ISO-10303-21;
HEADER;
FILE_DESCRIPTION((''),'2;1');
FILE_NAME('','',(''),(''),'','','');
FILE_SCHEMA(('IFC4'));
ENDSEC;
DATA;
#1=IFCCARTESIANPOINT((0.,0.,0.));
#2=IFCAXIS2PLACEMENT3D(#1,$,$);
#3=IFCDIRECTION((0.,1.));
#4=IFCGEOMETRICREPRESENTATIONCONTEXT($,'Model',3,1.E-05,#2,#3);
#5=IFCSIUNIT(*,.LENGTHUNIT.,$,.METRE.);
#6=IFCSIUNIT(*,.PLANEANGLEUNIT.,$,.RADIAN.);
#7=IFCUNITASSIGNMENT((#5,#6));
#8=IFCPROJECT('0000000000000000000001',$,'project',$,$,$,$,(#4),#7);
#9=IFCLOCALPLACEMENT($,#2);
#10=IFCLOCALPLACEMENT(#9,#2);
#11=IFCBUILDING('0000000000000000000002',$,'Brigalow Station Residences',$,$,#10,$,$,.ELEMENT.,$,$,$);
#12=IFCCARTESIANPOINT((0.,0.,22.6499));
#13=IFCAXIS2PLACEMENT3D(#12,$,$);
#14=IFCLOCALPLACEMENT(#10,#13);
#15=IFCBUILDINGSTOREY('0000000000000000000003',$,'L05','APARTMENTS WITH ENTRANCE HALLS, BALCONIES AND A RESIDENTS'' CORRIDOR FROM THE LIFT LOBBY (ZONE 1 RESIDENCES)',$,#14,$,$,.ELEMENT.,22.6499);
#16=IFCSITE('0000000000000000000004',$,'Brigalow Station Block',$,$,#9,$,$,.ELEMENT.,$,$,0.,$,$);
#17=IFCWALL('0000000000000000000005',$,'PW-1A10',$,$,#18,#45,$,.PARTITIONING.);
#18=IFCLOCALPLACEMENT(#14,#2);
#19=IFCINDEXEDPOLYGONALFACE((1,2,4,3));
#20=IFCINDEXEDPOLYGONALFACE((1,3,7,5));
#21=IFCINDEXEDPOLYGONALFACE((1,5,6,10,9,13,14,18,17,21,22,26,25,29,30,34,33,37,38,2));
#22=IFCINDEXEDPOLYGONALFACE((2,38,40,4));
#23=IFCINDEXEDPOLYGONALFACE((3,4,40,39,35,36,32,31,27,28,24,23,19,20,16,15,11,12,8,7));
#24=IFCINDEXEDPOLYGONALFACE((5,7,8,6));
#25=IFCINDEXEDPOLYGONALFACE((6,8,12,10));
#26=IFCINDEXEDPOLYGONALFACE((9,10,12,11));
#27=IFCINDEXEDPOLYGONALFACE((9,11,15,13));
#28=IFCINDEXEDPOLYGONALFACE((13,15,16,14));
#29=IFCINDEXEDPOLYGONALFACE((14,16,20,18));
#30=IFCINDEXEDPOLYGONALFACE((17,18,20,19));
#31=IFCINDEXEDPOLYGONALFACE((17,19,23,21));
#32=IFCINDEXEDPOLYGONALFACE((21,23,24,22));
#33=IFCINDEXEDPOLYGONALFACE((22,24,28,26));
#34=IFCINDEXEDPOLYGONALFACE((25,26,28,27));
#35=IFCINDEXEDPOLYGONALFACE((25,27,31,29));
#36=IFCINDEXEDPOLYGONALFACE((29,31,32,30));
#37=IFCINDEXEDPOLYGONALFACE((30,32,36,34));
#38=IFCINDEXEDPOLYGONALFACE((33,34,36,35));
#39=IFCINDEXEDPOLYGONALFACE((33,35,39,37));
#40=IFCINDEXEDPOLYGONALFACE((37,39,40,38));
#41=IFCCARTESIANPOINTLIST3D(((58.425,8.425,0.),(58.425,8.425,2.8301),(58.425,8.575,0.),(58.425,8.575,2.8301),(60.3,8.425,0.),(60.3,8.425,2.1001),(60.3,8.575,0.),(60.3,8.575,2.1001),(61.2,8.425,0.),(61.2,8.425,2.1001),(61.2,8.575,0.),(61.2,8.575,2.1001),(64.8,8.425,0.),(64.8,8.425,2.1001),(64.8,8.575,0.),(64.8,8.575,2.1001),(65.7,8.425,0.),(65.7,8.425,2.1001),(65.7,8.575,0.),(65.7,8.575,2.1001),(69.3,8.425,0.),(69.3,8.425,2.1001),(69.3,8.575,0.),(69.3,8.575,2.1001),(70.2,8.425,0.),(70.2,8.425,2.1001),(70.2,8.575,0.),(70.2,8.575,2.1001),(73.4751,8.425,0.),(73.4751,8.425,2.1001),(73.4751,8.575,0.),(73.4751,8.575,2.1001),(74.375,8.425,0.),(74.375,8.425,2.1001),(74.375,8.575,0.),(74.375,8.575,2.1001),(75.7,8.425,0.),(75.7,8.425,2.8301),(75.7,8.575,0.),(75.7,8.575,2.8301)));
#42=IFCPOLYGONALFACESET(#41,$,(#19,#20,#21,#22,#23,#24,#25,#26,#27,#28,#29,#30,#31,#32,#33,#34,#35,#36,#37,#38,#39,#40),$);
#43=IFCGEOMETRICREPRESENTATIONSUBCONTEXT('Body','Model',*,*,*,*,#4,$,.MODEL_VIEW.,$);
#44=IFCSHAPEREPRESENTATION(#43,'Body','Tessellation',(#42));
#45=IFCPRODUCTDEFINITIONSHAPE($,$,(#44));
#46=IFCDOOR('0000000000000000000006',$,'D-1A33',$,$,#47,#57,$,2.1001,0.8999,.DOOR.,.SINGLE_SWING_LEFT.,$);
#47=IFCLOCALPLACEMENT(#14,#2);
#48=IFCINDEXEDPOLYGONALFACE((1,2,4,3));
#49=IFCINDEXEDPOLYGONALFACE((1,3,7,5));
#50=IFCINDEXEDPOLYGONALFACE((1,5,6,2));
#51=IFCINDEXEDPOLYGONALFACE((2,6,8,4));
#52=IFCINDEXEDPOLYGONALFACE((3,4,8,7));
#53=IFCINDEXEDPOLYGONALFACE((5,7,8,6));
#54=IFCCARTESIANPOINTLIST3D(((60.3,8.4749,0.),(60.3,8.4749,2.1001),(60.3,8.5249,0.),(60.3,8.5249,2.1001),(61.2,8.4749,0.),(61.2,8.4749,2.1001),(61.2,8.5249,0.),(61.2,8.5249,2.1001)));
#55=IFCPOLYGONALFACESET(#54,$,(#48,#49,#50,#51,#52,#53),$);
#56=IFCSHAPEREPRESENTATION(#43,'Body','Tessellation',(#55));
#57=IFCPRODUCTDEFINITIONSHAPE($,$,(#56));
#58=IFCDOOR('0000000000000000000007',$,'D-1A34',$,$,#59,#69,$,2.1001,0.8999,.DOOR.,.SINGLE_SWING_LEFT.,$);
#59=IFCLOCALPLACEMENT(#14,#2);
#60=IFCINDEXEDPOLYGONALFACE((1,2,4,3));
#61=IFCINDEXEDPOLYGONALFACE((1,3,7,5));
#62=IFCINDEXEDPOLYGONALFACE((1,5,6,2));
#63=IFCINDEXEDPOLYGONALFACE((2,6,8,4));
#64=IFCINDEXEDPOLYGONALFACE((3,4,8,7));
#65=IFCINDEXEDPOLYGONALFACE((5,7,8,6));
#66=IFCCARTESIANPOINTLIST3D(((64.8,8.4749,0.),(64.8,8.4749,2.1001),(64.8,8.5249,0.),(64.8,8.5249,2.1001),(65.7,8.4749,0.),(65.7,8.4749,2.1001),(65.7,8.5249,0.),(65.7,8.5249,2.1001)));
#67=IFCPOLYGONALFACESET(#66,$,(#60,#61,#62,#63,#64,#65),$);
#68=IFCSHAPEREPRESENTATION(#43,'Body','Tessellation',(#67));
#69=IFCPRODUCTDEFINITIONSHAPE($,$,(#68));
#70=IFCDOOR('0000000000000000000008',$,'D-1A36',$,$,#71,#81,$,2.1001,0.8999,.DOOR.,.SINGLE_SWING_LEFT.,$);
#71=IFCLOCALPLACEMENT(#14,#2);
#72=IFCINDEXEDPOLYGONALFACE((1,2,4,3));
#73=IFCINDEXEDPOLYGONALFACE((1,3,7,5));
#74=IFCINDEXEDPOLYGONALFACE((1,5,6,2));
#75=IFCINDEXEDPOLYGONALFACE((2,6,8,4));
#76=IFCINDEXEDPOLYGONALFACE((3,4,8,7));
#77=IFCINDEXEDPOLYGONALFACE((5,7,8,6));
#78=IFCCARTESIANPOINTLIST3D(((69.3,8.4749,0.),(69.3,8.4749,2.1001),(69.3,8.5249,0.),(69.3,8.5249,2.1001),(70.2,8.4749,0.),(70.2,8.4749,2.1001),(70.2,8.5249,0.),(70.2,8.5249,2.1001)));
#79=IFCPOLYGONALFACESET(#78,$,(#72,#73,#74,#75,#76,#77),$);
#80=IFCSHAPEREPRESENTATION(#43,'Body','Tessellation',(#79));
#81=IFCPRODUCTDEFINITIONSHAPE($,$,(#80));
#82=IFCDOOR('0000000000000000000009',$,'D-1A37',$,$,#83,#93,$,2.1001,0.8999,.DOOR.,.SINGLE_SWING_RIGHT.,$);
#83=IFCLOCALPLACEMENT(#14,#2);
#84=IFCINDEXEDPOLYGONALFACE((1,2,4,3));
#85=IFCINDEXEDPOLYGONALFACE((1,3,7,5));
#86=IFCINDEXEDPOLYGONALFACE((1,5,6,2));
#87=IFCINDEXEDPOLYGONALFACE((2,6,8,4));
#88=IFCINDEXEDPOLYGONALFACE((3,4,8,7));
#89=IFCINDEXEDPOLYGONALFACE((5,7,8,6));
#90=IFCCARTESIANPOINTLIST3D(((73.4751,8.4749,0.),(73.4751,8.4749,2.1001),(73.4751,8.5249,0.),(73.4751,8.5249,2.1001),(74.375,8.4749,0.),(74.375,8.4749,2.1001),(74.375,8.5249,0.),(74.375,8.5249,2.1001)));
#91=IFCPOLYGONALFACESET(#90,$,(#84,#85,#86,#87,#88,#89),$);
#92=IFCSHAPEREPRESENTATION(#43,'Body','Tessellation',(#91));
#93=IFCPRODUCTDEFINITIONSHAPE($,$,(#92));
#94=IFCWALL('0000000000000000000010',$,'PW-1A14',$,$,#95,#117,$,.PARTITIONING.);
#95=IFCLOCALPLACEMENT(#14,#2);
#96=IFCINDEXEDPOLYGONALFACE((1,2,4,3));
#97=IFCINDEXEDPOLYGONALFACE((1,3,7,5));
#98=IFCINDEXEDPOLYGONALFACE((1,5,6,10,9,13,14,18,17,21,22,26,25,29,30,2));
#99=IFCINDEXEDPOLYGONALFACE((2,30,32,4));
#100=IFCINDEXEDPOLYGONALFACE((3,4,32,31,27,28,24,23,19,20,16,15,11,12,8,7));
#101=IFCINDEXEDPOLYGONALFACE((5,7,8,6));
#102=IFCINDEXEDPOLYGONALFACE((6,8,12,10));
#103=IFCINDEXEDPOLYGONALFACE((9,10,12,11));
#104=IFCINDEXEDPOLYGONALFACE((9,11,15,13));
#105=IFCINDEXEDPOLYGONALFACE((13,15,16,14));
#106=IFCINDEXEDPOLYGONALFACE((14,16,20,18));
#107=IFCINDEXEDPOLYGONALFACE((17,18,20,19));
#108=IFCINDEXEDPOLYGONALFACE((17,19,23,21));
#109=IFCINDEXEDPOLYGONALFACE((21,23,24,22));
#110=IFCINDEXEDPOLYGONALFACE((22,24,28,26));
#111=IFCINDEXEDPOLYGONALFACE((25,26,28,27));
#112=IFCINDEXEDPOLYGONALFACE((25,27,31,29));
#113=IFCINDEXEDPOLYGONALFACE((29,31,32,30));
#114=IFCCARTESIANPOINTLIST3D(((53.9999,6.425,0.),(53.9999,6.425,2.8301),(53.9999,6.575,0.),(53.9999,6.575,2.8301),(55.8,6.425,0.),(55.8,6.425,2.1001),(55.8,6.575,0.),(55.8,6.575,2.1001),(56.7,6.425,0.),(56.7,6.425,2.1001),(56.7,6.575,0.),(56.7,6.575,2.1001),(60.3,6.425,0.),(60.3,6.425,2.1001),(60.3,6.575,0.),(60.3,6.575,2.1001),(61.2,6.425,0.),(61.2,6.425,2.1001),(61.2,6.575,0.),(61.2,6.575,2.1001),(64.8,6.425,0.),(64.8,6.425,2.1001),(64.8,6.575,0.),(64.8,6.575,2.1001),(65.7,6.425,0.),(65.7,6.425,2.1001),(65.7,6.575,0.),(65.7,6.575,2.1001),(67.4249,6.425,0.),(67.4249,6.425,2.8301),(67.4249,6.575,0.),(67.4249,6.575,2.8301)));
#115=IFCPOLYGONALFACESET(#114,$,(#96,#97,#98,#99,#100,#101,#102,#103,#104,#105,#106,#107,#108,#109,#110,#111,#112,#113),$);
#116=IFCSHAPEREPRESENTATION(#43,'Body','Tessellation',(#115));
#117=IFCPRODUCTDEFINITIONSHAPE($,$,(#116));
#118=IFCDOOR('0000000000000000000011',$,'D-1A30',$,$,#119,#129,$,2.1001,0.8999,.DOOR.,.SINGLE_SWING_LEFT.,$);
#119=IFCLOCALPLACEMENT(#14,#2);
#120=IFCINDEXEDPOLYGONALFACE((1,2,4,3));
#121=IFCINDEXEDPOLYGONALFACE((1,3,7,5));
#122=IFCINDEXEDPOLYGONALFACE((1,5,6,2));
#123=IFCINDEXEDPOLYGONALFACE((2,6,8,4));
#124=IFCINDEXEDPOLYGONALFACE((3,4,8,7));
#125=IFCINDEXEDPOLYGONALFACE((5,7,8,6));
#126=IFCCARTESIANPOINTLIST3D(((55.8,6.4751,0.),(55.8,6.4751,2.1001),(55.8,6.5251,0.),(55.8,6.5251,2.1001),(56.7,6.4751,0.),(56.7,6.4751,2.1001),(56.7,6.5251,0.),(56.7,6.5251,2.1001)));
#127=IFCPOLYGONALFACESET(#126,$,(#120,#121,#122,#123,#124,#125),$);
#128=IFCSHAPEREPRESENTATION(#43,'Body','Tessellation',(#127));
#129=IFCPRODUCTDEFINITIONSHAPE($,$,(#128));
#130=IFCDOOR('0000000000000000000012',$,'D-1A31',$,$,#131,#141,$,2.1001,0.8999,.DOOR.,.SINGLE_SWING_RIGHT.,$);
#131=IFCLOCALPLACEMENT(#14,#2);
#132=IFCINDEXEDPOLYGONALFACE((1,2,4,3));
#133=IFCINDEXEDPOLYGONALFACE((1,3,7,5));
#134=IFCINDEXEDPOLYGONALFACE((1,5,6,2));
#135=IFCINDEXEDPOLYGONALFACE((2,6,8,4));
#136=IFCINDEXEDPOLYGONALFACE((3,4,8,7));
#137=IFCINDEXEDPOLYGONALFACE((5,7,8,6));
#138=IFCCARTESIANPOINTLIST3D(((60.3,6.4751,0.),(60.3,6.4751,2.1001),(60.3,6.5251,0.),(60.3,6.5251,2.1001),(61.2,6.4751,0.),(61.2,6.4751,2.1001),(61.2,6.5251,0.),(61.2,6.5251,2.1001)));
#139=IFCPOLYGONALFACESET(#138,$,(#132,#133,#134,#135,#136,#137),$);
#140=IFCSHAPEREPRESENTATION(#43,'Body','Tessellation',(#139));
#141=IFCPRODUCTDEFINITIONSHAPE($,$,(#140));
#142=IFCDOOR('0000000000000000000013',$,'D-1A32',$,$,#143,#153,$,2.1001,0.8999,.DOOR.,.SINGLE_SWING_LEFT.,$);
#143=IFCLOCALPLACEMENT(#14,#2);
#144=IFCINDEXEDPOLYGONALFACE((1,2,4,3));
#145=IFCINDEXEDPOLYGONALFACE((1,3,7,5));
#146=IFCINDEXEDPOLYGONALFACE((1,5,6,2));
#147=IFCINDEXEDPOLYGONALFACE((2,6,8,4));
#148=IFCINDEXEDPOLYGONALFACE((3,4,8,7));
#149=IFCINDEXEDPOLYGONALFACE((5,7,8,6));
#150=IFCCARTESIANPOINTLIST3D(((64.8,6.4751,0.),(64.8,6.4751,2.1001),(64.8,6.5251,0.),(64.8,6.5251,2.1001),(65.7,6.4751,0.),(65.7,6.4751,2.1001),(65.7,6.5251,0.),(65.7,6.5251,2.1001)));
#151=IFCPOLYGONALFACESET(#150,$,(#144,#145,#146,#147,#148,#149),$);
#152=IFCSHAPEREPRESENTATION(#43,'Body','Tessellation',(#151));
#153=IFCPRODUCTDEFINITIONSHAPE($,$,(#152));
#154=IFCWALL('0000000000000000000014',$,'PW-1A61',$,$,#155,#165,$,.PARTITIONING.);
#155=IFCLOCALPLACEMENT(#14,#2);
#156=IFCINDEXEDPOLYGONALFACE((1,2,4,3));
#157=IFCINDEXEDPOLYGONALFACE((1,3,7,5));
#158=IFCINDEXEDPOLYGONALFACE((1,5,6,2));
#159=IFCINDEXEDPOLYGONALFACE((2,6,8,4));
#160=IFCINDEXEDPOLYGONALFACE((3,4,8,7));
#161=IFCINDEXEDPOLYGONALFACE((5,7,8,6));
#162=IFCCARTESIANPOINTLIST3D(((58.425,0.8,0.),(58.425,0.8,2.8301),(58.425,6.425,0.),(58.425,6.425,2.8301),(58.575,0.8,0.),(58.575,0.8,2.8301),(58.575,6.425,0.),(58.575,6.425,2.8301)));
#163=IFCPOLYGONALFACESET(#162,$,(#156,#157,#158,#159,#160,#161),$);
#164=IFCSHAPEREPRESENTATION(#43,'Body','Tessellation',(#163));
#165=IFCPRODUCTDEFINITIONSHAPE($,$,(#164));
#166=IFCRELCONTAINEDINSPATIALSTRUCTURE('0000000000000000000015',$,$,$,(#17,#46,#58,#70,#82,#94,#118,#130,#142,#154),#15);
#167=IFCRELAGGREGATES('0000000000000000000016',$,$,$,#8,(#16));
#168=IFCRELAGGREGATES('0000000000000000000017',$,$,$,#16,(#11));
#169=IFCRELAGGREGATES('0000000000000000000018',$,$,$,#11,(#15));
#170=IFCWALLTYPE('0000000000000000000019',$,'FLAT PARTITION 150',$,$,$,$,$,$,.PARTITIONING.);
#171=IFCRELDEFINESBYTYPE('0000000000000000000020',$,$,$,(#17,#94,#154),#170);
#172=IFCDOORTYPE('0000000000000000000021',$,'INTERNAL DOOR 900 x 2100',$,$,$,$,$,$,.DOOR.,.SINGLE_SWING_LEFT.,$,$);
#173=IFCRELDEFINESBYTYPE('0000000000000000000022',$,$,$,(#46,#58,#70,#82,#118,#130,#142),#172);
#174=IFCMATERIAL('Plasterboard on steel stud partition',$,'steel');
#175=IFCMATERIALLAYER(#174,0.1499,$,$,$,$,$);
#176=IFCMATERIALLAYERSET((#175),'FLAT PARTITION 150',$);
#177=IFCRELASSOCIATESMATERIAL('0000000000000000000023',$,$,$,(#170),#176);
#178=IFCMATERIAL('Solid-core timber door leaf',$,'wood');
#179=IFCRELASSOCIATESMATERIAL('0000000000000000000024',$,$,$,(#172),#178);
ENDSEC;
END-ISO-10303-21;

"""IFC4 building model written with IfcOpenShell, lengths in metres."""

from ifc_helpers import new_model, si_unit, direction, frame, frame_2d, origin, place, context, subcontext, project, spatial, rectangle, extrude, material, layer, layer_set, type_object, element, fill, save


model = new_model("IFC4")

# Units and contexts
model_context = context("Model", 3, precision=1e-05, world=origin(), true_north=direction((0.0, 1.0)))
body_context = subcontext(model_context, "Body", "Model", "MODEL_VIEW")
ifc_project = project(units=[si_unit("LENGTHUNIT", "METRE"), si_unit("PLANEANGLEUNIT", "RADIAN")], contexts=[model_context])

# Site, building, storey
site_placement = place(None, origin())
site = spatial("IfcSite", under=ifc_project, at=site_placement, Name="Brigalow Station Block", CompositionType="ELEMENT", RefElevation=0.0)
building_placement = place(site_placement, origin())
building = spatial("IfcBuilding", under=site, at=building_placement, Name="Brigalow Station Residences", CompositionType="ELEMENT")
storey_placement = place(building_placement, frame((0.0, 0.0, 22.6499)))
storey = spatial("IfcBuildingStorey", under=building, at=storey_placement, Name="L05", Description="APARTMENTS WITH ENTRANCE HALLS, BALCONIES AND A RESIDENTS' CORRIDOR FROM THE LIFT LOBBY (ZONE 1 RESIDENCES)", CompositionType="ELEMENT", Elevation=22.6499)

# Walls, openings, doors
ifc_material_1 = material(Name="Plasterboard on steel stud partition", Category="steel")
ifc_layer_1 = layer(ifc_material_1, 0.1499)
ifc_layer_set_1 = layer_set([ifc_layer_1], Name="FLAT PARTITION 150")
wall_type_1 = type_object("IfcWallType", Name="FLAT PARTITION 150", PredefinedType="PARTITIONING", material=ifc_layer_set_1)
wall_1_placement = place(storey_placement, frame((58.425, 8.5, 0.0), z_axis=(0.0, 0.0, 1.0), x_axis=(1.0, 0.0, 0.0)))
wall_1 = element("IfcWall", 1, at=wall_1_placement, inside=storey, type_object=wall_type_1, Name="PW-1A10", PredefinedType="PARTITIONING", context=body_context, shape_type="SweptSolid", body=[
    extrude(rectangle(XDim=17.2749, YDim=0.1499, at=frame_2d((8.6375, 0.0))), origin(), (0.0, 0.0, 1.0), 2.8301),
])
opening_1_placement = place(wall_1_placement, frame((1.875, 0.0, 0.0)))
opening_1 = element("IfcOpeningElement", 2, at=opening_1_placement, cuts=wall_1, PredefinedType="OPENING", context=body_context, shape_type="SweptSolid", body=[
    extrude(rectangle(XDim=0.8999, YDim=2.1001, at=frame_2d((0.45, 1.05))), frame((0.0, 0.085, 0.0), z_axis=(0.0, -1.0, 0.0), x_axis=(1.0, 0.0, 0.0)), (0.0, 0.0, 1.0), 0.1699),
])
opening_2_placement = place(wall_1_placement, frame((6.375, 0.0, 0.0)))
opening_2 = element("IfcOpeningElement", 3, at=opening_2_placement, cuts=wall_1, PredefinedType="OPENING", context=body_context, shape_type="SweptSolid", body=[
    extrude(rectangle(XDim=0.8999, YDim=2.1001, at=frame_2d((0.45, 1.05))), frame((0.0, 0.085, 0.0), z_axis=(0.0, -1.0, 0.0), x_axis=(1.0, 0.0, 0.0)), (0.0, 0.0, 1.0), 0.1699),
])
opening_3_placement = place(wall_1_placement, frame((10.875, 0.0, 0.0)))
opening_3 = element("IfcOpeningElement", 4, at=opening_3_placement, cuts=wall_1, PredefinedType="OPENING", context=body_context, shape_type="SweptSolid", body=[
    extrude(rectangle(XDim=0.8999, YDim=2.1001, at=frame_2d((0.45, 1.05))), frame((0.0, 0.085, 0.0), z_axis=(0.0, -1.0, 0.0), x_axis=(1.0, 0.0, 0.0)), (0.0, 0.0, 1.0), 0.1699),
])
opening_4_placement = place(wall_1_placement, frame((15.05, 0.0, 0.0)))
opening_4 = element("IfcOpeningElement", 5, at=opening_4_placement, cuts=wall_1, PredefinedType="OPENING", context=body_context, shape_type="SweptSolid", body=[
    extrude(rectangle(XDim=0.8999, YDim=2.1001, at=frame_2d((0.45, 1.05))), frame((0.0, 0.085, 0.0), z_axis=(0.0, -1.0, 0.0), x_axis=(1.0, 0.0, 0.0)), (0.0, 0.0, 1.0), 0.1699),
])
ifc_material_2 = material(Name="Solid-core timber door leaf", Category="wood")
door_type = type_object("IfcDoorType", Name="INTERNAL DOOR 900 x 2100", OperationType="SINGLE_SWING_LEFT", PredefinedType="DOOR", material=ifc_material_2)
door_1_placement = place(opening_1_placement, origin())
door_1 = element("IfcDoor", 6, at=door_1_placement, inside=storey, type_object=door_type, Name="D-1A33", OperationType="SINGLE_SWING_LEFT", OverallHeight=2.1001, OverallWidth=0.8999, PredefinedType="DOOR", context=body_context, shape_type="SweptSolid", body=[
    extrude(rectangle(XDim=0.8999, YDim=2.1001, at=frame_2d((0.45, 1.05))), frame((0.0, 0.0249, 0.0), z_axis=(0.0, -1.0, 0.0), x_axis=(1.0, 0.0, 0.0)), (0.0, 0.0, 1.0), 0.05),
])
fill(opening_1, door_1)
door_2_placement = place(opening_2_placement, origin())
door_2 = element("IfcDoor", 7, at=door_2_placement, inside=storey, type_object=door_type, Name="D-1A34", OperationType="SINGLE_SWING_LEFT", OverallHeight=2.1001, OverallWidth=0.8999, PredefinedType="DOOR", context=body_context, shape_type="SweptSolid", body=[
    extrude(rectangle(XDim=0.8999, YDim=2.1001, at=frame_2d((0.45, 1.05))), frame((0.0, 0.0249, 0.0), z_axis=(0.0, -1.0, 0.0), x_axis=(1.0, 0.0, 0.0)), (0.0, 0.0, 1.0), 0.05),
])
fill(opening_2, door_2)
door_3_placement = place(opening_3_placement, origin())
door_3 = element("IfcDoor", 8, at=door_3_placement, inside=storey, type_object=door_type, Name="D-1A36", OperationType="SINGLE_SWING_LEFT", OverallHeight=2.1001, OverallWidth=0.8999, PredefinedType="DOOR", context=body_context, shape_type="SweptSolid", body=[
    extrude(rectangle(XDim=0.8999, YDim=2.1001, at=frame_2d((0.45, 1.05))), frame((0.0, 0.0249, 0.0), z_axis=(0.0, -1.0, 0.0), x_axis=(1.0, 0.0, 0.0)), (0.0, 0.0, 1.0), 0.05),
])
fill(opening_3, door_3)
door_4_placement = place(opening_4_placement, origin())
door_4 = element("IfcDoor", 9, at=door_4_placement, inside=storey, type_object=door_type, Name="D-1A37", OperationType="SINGLE_SWING_RIGHT", OverallHeight=2.1001, OverallWidth=0.8999, PredefinedType="DOOR", context=body_context, shape_type="SweptSolid", body=[
    extrude(rectangle(XDim=0.8999, YDim=2.1001, at=frame_2d((0.45, 1.05))), frame((0.0, 0.0249, 0.0), z_axis=(0.0, -1.0, 0.0), x_axis=(1.0, 0.0, 0.0)), (0.0, 0.0, 1.0), 0.05),
])
fill(opening_4, door_4)
wall_2_placement = place(storey_placement, frame((54.0, 6.5, 0.0), z_axis=(0.0, 0.0, 1.0), x_axis=(1.0, 0.0, 0.0)))
wall_2 = element("IfcWall", 10, at=wall_2_placement, inside=storey, type_object=wall_type_1, Name="PW-1A14", PredefinedType="PARTITIONING", context=body_context, shape_type="SweptSolid", body=[
    extrude(rectangle(XDim=13.425, YDim=0.1499, at=frame_2d((6.7124, 0.0))), origin(), (0.0, 0.0, 1.0), 2.8301),
])
opening_5_placement = place(wall_2_placement, frame((1.8, 0.0, 0.0)))
opening_5 = element("IfcOpeningElement", 11, at=opening_5_placement, cuts=wall_2, PredefinedType="OPENING", context=body_context, shape_type="SweptSolid", body=[
    extrude(rectangle(XDim=0.8999, YDim=2.1001, at=frame_2d((0.45, 1.05))), frame((0.0, 0.085, 0.0), z_axis=(0.0, -1.0, 0.0), x_axis=(1.0, 0.0, 0.0)), (0.0, 0.0, 1.0), 0.1699),
])
opening_6_placement = place(wall_2_placement, frame((6.3, 0.0, 0.0)))
opening_6 = element("IfcOpeningElement", 12, at=opening_6_placement, cuts=wall_2, PredefinedType="OPENING", context=body_context, shape_type="SweptSolid", body=[
    extrude(rectangle(XDim=0.8999, YDim=2.1001, at=frame_2d((0.45, 1.05))), frame((0.0, 0.085, 0.0), z_axis=(0.0, -1.0, 0.0), x_axis=(1.0, 0.0, 0.0)), (0.0, 0.0, 1.0), 0.1699),
])
opening_7_placement = place(wall_2_placement, frame((10.8, 0.0, 0.0)))
opening_7 = element("IfcOpeningElement", 13, at=opening_7_placement, cuts=wall_2, PredefinedType="OPENING", context=body_context, shape_type="SweptSolid", body=[
    extrude(rectangle(XDim=0.8999, YDim=2.1001, at=frame_2d((0.45, 1.05))), frame((0.0, 0.085, 0.0), z_axis=(0.0, -1.0, 0.0), x_axis=(1.0, 0.0, 0.0)), (0.0, 0.0, 1.0), 0.1699),
])
door_5_placement = place(opening_5_placement, frame((0.8999, 0.0, 0.0), z_axis=(0.0, 0.0, 1.0), x_axis=(-1.0, 0.0, 0.0)))
door_5 = element("IfcDoor", 14, at=door_5_placement, inside=storey, type_object=door_type, Name="D-1A30", OperationType="SINGLE_SWING_LEFT", OverallHeight=2.1001, OverallWidth=0.8999, PredefinedType="DOOR", context=body_context, shape_type="SweptSolid", body=[
    extrude(rectangle(XDim=0.8999, YDim=2.1001, at=frame_2d((0.45, 1.05))), frame((0.0, 0.0249, 0.0), z_axis=(0.0, -1.0, 0.0), x_axis=(1.0, 0.0, 0.0)), (0.0, 0.0, 1.0), 0.05),
])
fill(opening_5, door_5)
door_6_placement = place(opening_6_placement, frame((0.8999, 0.0, 0.0), z_axis=(0.0, 0.0, 1.0), x_axis=(-1.0, 0.0, 0.0)))
door_6 = element("IfcDoor", 15, at=door_6_placement, inside=storey, type_object=door_type, Name="D-1A31", OperationType="SINGLE_SWING_RIGHT", OverallHeight=2.1001, OverallWidth=0.8999, PredefinedType="DOOR", context=body_context, shape_type="SweptSolid", body=[
    extrude(rectangle(XDim=0.8999, YDim=2.1001, at=frame_2d((0.45, 1.05))), frame((0.0, 0.0249, 0.0), z_axis=(0.0, -1.0, 0.0), x_axis=(1.0, 0.0, 0.0)), (0.0, 0.0, 1.0), 0.05),
])
fill(opening_6, door_6)
door_7_placement = place(opening_7_placement, frame((0.8999, 0.0, 0.0), z_axis=(0.0, 0.0, 1.0), x_axis=(-1.0, 0.0, 0.0)))
door_7 = element("IfcDoor", 16, at=door_7_placement, inside=storey, type_object=door_type, Name="D-1A32", OperationType="SINGLE_SWING_LEFT", OverallHeight=2.1001, OverallWidth=0.8999, PredefinedType="DOOR", context=body_context, shape_type="SweptSolid", body=[
    extrude(rectangle(XDim=0.8999, YDim=2.1001, at=frame_2d((0.45, 1.05))), frame((0.0, 0.0249, 0.0), z_axis=(0.0, -1.0, 0.0), x_axis=(1.0, 0.0, 0.0)), (0.0, 0.0, 1.0), 0.05),
])
fill(opening_7, door_7)

# Wall
wall_3_placement = place(storey_placement, frame((58.5, 0.8, 0.0), z_axis=(0.0, 0.0, 1.0), x_axis=(0.0, 1.0, 0.0)))
element("IfcWall", 17, at=wall_3_placement, inside=storey, type_object=wall_type_1, Name="PW-1A61", PredefinedType="PARTITIONING", context=body_context, shape_type="SweptSolid", body=[
    extrude(rectangle(XDim=5.625, YDim=0.1499, at=frame_2d((2.8125, 0.0))), origin(), (0.0, 0.0, 1.0), 2.8301),
])

save(model, "model.ifc")
